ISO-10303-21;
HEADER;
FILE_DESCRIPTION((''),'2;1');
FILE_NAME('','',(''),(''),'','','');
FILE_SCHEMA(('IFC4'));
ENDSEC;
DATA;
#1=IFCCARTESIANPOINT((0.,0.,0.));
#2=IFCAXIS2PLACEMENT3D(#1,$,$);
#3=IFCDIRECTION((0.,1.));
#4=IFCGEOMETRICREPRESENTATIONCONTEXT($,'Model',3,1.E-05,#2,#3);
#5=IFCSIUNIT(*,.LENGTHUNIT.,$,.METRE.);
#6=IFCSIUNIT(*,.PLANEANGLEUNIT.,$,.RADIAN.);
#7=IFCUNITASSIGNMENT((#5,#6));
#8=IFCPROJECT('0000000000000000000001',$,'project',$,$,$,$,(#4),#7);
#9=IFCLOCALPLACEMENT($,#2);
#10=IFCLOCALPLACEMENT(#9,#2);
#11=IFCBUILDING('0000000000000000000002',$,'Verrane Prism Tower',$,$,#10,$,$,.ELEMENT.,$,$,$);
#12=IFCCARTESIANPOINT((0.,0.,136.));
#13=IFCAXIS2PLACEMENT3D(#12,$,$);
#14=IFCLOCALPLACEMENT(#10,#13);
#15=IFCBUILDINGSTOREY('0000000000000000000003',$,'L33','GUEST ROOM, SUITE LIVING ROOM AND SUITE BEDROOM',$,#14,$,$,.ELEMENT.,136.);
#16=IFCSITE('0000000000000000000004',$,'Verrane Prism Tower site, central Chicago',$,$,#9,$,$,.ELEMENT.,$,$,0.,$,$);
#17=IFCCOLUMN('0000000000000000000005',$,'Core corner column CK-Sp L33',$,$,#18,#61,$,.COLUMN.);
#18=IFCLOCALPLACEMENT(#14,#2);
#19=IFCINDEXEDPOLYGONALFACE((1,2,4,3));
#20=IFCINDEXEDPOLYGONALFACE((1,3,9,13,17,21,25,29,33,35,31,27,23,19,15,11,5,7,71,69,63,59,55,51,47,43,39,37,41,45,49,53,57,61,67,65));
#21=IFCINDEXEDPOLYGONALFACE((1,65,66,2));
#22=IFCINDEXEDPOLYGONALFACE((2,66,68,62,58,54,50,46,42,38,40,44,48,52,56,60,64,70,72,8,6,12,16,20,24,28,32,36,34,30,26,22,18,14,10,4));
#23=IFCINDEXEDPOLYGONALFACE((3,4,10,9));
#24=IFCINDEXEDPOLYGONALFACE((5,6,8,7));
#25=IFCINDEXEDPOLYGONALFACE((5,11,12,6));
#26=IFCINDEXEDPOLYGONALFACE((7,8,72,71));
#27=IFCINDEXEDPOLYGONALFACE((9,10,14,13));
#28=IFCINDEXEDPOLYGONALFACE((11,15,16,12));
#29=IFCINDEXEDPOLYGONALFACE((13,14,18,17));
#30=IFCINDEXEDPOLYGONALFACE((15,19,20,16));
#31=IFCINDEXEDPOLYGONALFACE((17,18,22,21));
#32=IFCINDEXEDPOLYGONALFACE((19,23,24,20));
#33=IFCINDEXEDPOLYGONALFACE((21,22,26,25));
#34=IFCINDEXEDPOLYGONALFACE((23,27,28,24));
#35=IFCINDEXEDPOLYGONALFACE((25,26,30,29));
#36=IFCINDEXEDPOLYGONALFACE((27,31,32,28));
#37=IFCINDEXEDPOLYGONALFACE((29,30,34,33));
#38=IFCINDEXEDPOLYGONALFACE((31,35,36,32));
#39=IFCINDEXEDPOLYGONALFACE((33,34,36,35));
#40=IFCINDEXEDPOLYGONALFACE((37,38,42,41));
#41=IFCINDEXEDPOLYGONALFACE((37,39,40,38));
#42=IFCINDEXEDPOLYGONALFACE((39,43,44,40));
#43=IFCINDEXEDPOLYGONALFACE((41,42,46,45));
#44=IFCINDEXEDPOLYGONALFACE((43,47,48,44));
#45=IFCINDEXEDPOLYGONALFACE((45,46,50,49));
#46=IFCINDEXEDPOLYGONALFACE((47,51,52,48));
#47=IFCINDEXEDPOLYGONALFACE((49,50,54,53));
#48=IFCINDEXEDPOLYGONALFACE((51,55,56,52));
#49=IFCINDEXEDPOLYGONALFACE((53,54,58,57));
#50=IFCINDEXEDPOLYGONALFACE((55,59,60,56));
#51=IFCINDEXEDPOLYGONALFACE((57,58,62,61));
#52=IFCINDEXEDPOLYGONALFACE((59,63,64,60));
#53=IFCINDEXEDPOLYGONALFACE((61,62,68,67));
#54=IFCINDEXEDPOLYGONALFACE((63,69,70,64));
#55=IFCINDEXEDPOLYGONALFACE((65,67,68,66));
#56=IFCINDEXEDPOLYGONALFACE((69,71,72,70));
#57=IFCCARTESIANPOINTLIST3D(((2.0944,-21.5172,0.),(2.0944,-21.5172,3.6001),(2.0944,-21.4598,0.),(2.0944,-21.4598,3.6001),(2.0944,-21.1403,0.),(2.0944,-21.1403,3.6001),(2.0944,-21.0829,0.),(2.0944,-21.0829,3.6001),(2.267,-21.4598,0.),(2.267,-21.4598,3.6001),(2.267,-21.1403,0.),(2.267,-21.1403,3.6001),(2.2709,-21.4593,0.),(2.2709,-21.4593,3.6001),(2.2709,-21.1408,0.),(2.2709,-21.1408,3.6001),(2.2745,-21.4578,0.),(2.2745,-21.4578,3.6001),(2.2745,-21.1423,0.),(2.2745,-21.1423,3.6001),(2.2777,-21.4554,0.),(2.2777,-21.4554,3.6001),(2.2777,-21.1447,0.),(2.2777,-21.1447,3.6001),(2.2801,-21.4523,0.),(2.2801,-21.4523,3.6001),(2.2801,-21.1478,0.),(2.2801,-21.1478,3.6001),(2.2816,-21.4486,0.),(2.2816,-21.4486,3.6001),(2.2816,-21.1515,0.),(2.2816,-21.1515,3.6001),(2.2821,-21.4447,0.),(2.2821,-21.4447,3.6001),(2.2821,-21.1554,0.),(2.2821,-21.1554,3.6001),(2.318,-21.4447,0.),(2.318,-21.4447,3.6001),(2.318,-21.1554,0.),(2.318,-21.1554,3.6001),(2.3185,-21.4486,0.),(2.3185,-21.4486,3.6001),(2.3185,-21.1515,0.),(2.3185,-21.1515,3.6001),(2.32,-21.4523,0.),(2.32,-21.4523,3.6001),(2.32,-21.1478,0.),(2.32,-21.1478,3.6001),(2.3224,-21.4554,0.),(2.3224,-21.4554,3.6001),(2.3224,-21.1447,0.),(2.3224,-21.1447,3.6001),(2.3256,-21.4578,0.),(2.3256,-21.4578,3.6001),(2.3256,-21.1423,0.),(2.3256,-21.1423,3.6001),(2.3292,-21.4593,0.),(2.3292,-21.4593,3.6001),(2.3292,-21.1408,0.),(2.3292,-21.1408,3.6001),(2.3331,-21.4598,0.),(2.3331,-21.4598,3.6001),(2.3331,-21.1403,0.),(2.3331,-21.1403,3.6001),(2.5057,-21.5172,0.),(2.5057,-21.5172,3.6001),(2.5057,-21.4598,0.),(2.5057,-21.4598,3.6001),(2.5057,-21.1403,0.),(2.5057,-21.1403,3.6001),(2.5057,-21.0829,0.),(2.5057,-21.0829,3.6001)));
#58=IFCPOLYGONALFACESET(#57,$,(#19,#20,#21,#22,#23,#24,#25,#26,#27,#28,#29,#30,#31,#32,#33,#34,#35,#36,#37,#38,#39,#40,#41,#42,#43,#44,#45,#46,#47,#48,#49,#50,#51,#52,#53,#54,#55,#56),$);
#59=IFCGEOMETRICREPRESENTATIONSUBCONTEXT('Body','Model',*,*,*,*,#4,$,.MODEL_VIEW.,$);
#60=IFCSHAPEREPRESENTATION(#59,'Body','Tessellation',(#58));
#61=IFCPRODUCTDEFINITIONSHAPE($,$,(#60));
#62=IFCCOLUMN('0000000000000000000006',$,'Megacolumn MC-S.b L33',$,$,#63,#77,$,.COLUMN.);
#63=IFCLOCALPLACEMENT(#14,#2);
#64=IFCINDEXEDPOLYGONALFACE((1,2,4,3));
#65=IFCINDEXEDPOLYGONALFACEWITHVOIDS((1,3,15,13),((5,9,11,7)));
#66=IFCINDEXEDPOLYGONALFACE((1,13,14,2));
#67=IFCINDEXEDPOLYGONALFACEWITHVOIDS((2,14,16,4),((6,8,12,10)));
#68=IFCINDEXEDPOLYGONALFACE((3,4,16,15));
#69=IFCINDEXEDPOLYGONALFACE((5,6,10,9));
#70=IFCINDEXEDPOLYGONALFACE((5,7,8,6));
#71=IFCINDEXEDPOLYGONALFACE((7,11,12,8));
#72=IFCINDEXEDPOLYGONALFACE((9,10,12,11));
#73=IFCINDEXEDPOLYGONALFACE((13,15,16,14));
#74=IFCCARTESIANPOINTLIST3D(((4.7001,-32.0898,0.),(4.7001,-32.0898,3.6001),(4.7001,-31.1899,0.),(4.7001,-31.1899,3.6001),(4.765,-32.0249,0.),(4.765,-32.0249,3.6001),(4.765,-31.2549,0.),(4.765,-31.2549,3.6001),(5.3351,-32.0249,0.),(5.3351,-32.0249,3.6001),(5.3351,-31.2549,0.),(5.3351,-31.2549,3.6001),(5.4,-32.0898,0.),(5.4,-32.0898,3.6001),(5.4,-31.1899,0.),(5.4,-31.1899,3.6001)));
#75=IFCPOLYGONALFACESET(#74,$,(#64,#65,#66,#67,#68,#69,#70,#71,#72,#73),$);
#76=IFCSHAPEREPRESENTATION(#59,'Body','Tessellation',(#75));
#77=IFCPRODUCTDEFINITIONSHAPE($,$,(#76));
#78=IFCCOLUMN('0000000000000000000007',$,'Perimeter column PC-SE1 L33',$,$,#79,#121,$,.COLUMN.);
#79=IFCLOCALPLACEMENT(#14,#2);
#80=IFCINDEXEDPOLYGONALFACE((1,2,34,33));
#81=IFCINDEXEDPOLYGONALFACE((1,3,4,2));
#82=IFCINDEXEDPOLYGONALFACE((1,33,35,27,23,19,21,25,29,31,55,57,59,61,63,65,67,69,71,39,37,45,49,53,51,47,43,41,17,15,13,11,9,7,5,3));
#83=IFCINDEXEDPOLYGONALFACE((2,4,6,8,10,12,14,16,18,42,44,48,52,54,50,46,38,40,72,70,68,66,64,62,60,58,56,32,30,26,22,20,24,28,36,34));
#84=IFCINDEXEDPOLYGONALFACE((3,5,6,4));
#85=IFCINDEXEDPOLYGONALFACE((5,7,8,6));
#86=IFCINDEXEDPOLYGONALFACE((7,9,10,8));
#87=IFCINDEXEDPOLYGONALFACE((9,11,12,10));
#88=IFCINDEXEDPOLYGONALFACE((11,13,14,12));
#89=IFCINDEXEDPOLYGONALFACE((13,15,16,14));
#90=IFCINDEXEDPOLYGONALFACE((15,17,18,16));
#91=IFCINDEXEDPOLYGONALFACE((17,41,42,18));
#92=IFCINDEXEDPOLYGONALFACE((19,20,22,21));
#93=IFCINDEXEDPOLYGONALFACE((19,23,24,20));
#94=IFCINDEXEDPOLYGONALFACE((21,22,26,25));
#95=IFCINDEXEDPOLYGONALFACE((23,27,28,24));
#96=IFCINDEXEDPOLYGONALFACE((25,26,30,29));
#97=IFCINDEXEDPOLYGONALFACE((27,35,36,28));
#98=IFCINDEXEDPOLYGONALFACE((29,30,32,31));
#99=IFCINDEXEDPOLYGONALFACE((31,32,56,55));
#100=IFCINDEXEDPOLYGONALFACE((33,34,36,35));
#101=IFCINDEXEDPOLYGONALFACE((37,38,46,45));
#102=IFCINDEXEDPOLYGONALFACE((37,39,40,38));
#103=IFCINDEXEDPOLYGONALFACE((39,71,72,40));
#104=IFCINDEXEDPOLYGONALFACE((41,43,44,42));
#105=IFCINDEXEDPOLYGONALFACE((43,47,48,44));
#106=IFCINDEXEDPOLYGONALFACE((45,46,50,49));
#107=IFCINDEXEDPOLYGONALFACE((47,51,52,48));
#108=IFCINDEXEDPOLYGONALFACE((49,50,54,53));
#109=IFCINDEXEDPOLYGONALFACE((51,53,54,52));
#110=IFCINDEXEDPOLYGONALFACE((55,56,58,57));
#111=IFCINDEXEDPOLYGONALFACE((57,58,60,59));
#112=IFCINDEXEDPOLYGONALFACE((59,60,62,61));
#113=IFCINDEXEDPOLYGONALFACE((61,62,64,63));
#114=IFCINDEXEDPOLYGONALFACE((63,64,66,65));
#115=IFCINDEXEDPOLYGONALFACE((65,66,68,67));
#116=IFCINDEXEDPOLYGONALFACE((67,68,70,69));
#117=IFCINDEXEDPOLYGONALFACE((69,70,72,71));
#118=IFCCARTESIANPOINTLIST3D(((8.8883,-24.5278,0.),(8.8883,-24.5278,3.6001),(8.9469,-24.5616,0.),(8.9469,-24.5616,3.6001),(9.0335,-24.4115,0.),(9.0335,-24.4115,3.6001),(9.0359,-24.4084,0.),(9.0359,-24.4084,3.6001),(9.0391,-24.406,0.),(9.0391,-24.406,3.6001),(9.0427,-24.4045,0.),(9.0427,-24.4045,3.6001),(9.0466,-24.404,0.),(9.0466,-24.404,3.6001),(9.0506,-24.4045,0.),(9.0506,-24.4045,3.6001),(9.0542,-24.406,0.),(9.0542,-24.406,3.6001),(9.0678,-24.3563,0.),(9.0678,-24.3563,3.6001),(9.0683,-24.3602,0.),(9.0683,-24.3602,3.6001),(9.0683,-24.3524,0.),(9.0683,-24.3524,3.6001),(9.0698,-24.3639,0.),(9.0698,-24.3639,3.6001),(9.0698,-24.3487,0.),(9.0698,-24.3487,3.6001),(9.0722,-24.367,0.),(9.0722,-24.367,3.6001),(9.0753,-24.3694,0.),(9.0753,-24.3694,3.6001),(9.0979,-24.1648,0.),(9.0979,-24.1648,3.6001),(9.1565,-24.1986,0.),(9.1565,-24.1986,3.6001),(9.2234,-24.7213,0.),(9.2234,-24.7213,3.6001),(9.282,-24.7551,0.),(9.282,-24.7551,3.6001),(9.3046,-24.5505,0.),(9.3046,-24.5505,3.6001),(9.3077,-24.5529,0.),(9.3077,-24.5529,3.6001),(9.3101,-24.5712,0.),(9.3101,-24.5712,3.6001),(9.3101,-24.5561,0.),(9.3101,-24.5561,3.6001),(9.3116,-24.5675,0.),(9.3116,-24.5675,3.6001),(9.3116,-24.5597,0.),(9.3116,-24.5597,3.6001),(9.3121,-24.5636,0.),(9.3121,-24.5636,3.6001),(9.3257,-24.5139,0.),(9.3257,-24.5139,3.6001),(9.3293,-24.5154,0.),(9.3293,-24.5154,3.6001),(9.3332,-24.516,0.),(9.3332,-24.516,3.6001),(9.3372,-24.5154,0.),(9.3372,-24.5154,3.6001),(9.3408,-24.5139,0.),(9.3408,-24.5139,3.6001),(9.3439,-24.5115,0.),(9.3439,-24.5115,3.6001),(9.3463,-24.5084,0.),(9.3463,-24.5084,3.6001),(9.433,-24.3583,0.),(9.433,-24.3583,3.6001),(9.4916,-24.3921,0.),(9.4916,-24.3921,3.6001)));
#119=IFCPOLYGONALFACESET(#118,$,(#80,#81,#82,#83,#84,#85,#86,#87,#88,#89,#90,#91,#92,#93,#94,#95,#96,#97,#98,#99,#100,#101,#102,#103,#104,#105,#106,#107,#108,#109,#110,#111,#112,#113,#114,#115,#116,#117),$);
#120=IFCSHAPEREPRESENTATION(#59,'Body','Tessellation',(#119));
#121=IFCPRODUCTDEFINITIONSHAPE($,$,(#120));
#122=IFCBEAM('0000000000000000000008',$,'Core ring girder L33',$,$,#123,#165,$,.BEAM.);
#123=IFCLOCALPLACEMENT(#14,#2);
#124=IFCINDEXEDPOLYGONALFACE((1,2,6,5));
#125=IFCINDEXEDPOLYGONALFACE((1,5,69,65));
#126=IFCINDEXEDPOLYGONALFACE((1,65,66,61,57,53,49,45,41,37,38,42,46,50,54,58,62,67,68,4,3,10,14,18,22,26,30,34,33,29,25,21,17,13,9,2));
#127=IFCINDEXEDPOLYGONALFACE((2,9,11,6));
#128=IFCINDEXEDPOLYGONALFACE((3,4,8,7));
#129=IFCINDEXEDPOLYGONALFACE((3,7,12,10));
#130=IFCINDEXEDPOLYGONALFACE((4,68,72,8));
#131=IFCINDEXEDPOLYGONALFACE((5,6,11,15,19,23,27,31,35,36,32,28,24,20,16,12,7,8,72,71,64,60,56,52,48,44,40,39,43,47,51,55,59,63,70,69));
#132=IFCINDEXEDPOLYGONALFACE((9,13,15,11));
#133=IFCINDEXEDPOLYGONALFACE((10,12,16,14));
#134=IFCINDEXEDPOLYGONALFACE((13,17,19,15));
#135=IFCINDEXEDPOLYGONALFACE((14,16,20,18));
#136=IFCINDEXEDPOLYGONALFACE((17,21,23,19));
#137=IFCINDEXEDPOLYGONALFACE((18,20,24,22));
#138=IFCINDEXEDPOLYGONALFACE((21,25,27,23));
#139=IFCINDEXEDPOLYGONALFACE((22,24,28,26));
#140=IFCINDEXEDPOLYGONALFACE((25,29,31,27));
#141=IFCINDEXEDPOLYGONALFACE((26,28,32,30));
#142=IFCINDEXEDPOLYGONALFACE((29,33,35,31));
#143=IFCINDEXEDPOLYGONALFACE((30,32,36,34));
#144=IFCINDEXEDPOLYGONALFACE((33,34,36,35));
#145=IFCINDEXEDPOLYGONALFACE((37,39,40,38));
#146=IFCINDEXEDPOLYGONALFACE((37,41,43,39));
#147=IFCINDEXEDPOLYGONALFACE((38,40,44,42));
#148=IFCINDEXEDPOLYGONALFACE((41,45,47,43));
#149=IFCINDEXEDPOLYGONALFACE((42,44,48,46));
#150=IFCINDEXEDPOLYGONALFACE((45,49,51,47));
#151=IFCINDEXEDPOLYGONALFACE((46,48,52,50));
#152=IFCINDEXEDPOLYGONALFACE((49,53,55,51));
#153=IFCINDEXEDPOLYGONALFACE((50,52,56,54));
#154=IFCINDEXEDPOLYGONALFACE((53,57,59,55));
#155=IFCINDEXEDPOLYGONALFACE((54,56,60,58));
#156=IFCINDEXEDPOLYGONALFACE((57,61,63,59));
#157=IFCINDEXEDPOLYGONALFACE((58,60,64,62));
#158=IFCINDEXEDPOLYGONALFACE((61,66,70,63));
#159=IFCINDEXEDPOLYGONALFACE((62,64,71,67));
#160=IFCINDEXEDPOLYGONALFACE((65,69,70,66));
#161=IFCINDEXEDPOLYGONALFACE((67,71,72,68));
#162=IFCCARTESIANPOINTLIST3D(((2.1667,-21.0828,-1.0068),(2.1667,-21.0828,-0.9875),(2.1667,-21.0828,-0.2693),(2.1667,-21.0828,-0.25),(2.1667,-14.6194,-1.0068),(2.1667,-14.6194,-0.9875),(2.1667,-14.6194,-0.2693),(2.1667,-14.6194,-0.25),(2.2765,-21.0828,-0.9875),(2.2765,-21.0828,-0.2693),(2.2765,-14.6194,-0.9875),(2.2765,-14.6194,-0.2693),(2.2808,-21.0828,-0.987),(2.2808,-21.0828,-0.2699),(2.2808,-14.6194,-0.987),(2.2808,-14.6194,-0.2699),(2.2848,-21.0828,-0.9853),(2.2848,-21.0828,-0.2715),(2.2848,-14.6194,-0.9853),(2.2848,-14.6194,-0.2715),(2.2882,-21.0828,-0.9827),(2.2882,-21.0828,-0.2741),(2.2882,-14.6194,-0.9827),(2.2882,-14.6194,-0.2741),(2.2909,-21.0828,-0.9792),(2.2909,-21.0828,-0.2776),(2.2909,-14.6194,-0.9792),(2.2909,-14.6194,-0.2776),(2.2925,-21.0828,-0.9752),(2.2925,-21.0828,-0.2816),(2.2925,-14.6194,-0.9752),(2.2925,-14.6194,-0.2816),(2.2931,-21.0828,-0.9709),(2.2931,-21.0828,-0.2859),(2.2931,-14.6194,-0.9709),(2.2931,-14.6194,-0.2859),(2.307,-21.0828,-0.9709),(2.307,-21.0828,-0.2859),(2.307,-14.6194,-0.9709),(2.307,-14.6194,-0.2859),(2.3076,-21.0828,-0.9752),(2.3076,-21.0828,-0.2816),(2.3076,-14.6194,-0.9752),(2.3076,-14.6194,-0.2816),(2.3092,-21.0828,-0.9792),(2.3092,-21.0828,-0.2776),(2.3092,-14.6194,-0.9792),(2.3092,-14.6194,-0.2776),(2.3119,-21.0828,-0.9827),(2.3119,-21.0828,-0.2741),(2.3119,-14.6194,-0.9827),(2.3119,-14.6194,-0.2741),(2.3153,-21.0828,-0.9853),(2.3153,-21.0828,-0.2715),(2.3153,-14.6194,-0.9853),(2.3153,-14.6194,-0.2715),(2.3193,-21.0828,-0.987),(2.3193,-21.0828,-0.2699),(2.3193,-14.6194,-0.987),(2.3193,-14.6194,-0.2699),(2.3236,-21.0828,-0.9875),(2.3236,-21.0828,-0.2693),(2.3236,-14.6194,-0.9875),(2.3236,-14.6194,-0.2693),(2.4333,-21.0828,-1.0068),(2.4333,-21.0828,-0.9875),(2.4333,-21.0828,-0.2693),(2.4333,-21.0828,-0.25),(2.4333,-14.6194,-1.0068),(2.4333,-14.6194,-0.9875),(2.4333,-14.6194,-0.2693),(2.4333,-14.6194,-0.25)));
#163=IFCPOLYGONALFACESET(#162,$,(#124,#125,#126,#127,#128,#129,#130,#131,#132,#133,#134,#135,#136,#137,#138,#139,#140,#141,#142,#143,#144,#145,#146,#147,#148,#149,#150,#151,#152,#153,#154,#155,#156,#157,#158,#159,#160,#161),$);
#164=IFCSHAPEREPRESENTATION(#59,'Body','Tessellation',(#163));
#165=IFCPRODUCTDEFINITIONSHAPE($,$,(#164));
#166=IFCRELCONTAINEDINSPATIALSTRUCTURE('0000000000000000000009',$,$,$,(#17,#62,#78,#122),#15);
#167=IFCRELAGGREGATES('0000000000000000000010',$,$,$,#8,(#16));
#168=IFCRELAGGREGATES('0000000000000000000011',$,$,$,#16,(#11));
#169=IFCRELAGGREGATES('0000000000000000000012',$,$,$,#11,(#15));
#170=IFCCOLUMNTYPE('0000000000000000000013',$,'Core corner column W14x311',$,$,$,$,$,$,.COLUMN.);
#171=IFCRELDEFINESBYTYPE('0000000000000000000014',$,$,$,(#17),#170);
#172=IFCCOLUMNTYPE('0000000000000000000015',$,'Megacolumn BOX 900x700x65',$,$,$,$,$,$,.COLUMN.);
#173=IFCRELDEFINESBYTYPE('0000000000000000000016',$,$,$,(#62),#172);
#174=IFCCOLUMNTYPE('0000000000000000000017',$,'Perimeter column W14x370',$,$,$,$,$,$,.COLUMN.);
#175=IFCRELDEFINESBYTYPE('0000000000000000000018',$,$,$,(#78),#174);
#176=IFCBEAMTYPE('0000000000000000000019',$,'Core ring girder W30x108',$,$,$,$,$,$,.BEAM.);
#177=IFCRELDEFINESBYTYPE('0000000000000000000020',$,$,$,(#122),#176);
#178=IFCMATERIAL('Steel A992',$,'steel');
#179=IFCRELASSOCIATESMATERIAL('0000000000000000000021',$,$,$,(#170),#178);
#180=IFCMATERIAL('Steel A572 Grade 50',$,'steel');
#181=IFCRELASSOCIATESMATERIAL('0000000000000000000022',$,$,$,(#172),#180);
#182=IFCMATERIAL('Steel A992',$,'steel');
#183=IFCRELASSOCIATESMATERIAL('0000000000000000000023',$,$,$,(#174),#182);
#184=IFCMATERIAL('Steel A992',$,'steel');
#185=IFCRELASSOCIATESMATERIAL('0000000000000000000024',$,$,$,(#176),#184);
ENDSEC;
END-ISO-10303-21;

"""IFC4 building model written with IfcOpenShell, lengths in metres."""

from ifc_helpers import new_model, si_unit, direction, frame, origin, origin_2d, place, context, subcontext, project, spatial, hollow_rectangle, i_section, extrude, material, material_profile, profile_set, type_object, element, save


model = new_model("IFC4")

# Units and contexts
model_context = context("Model", 3, precision=1e-05, world=origin(), true_north=direction((0.0, 1.0)))
body_context = subcontext(model_context, "Body", "Model", "MODEL_VIEW")
ifc_project = project(units=[si_unit("LENGTHUNIT", "METRE"), si_unit("PLANEANGLEUNIT", "RADIAN")], contexts=[model_context])

# Site, building, storey
site_placement = place(None, origin())
site = spatial("IfcSite", under=ifc_project, at=site_placement, Name="Verrane Prism Tower site, central Chicago", CompositionType="ELEMENT", RefElevation=0.0)
building_placement = place(site_placement, origin())
building = spatial("IfcBuilding", under=site, at=building_placement, Name="Verrane Prism Tower", CompositionType="ELEMENT")
storey_placement = place(building_placement, frame((0.0, 0.0, 136.0)))
storey = spatial("IfcBuildingStorey", under=building, at=storey_placement, Name="L33", Description="GUEST ROOM, SUITE LIVING ROOM AND SUITE BEDROOM", CompositionType="ELEMENT", Elevation=136.0)

# Columns
ifc_material_1 = material(Name="Steel A992", Category="steel")
ifc_material_profile_1 = material_profile(ifc_material_1, i_section(OverallWidth=0.4114, OverallDepth=0.4343, WebThickness=0.0359, FlangeThickness=0.0574, FilletRadius=0.0151, at=origin_2d()), Name="W14x311")
ifc_profile_set_1 = profile_set([ifc_material_profile_1], Name="Steel A992")
column_type_1 = type_object("IfcColumnType", Name="Core corner column W14x311", PredefinedType="COLUMN", material=ifc_profile_set_1)
column_1_placement = place(storey_placement, frame((2.3, -21.3, 0.0), z_axis=(0.0, 0.0, 1.0), x_axis=(-1.0, 0.0, 0.0)))
element("IfcColumn", 1, at=column_1_placement, inside=storey, type_object=column_type_1, Name="Core corner column CK-Sp L33", PredefinedType="COLUMN", context=body_context, shape_type="SweptSolid", body=[
    extrude(i_section(OverallWidth=0.4114, OverallDepth=0.4343, WebThickness=0.0359, FlangeThickness=0.0574, FilletRadius=0.0151, at=origin_2d()), origin(), (0.0, 0.0, 1.0), 3.6001),
])
ifc_material_2 = material(Name="Steel A572 Grade 50", Category="steel")
ifc_material_profile_2 = material_profile(ifc_material_2, hollow_rectangle(XDim=0.7, YDim=0.8999, WallThickness=0.0649, at=origin_2d()), Name="BOX 900x700x65")
ifc_profile_set_2 = profile_set([ifc_material_profile_2], Name="Steel A572 Grade 50")
column_type_2 = type_object("IfcColumnType", Name="Megacolumn BOX 900x700x65", PredefinedType="COLUMN", material=ifc_profile_set_2)
column_2_placement = place(storey_placement, frame((5.05, -31.6399, 0.0), z_axis=(0.0, 0.0, 1.0), x_axis=(-1.0, 0.0, 0.0)))
element("IfcColumn", 2, at=column_2_placement, inside=storey, type_object=column_type_2, Name="Megacolumn MC-S.b L33", PredefinedType="COLUMN", context=body_context, shape_type="SweptSolid", body=[
    extrude(hollow_rectangle(XDim=0.7, YDim=0.8999, WallThickness=0.0649, at=origin_2d()), origin(), (0.0, 0.0, 1.0), 3.6001),
])
ifc_material_3 = material(Name="Steel A992", Category="steel")
ifc_material_profile_3 = material_profile(ifc_material_3, i_section(OverallWidth=0.4192, OverallDepth=0.4546, WebThickness=0.0422, FlangeThickness=0.0676, FilletRadius=0.0151, at=origin_2d()), Name="W14x370")
ifc_profile_set_3 = profile_set([ifc_material_profile_3], Name="Steel A992")
column_type_3 = type_object("IfcColumnType", Name="Perimeter column W14x370", PredefinedType="COLUMN", material=ifc_profile_set_3)
column_3_placement = place(storey_placement, frame((9.1899, -24.46, 0.0), z_axis=(0.0, 0.0, 1.0), x_axis=(-0.5, -0.866025, 0.0)))
element("IfcColumn", 3, at=column_3_placement, inside=storey, type_object=column_type_3, Name="Perimeter column PC-SE1 L33", PredefinedType="COLUMN", context=body_context, shape_type="SweptSolid", body=[
    extrude(i_section(OverallWidth=0.4192, OverallDepth=0.4546, WebThickness=0.0422, FlangeThickness=0.0676, FilletRadius=0.0151, at=origin_2d()), origin(), (0.0, 0.0, 1.0), 3.6001),
])

# Beam
ifc_material_4 = material(Name="Steel A992", Category="steel")
ifc_material_profile_4 = material_profile(ifc_material_4, i_section(OverallWidth=0.2666, OverallDepth=0.7568, WebThickness=0.0139, FlangeThickness=0.0193, FilletRadius=0.0166, at=origin_2d()), Name="W30x108")
ifc_profile_set_4 = profile_set([ifc_material_profile_4], Name="Steel A992")
beam_type_1 = type_object("IfcBeamType", Name="Core ring girder W30x108", PredefinedType="BEAM", material=ifc_profile_set_4)
beam_1_placement = place(storey_placement, frame((2.3, -21.0828, -0.6284), z_axis=(0.0, 1.0, 0.0), x_axis=(-1.0, 0.0, 0.0)))
element("IfcBeam", 4, at=beam_1_placement, inside=storey, type_object=beam_type_1, Name="Core ring girder L33", PredefinedType="BEAM", context=body_context, shape_type="SweptSolid", body=[
    extrude(i_section(OverallWidth=0.2666, OverallDepth=0.7568, WebThickness=0.0139, FlangeThickness=0.0193, FilletRadius=0.0166, at=origin_2d()), origin(), (0.0, 0.0, 1.0), 6.4634),
])

save(model, "model.ifc")
